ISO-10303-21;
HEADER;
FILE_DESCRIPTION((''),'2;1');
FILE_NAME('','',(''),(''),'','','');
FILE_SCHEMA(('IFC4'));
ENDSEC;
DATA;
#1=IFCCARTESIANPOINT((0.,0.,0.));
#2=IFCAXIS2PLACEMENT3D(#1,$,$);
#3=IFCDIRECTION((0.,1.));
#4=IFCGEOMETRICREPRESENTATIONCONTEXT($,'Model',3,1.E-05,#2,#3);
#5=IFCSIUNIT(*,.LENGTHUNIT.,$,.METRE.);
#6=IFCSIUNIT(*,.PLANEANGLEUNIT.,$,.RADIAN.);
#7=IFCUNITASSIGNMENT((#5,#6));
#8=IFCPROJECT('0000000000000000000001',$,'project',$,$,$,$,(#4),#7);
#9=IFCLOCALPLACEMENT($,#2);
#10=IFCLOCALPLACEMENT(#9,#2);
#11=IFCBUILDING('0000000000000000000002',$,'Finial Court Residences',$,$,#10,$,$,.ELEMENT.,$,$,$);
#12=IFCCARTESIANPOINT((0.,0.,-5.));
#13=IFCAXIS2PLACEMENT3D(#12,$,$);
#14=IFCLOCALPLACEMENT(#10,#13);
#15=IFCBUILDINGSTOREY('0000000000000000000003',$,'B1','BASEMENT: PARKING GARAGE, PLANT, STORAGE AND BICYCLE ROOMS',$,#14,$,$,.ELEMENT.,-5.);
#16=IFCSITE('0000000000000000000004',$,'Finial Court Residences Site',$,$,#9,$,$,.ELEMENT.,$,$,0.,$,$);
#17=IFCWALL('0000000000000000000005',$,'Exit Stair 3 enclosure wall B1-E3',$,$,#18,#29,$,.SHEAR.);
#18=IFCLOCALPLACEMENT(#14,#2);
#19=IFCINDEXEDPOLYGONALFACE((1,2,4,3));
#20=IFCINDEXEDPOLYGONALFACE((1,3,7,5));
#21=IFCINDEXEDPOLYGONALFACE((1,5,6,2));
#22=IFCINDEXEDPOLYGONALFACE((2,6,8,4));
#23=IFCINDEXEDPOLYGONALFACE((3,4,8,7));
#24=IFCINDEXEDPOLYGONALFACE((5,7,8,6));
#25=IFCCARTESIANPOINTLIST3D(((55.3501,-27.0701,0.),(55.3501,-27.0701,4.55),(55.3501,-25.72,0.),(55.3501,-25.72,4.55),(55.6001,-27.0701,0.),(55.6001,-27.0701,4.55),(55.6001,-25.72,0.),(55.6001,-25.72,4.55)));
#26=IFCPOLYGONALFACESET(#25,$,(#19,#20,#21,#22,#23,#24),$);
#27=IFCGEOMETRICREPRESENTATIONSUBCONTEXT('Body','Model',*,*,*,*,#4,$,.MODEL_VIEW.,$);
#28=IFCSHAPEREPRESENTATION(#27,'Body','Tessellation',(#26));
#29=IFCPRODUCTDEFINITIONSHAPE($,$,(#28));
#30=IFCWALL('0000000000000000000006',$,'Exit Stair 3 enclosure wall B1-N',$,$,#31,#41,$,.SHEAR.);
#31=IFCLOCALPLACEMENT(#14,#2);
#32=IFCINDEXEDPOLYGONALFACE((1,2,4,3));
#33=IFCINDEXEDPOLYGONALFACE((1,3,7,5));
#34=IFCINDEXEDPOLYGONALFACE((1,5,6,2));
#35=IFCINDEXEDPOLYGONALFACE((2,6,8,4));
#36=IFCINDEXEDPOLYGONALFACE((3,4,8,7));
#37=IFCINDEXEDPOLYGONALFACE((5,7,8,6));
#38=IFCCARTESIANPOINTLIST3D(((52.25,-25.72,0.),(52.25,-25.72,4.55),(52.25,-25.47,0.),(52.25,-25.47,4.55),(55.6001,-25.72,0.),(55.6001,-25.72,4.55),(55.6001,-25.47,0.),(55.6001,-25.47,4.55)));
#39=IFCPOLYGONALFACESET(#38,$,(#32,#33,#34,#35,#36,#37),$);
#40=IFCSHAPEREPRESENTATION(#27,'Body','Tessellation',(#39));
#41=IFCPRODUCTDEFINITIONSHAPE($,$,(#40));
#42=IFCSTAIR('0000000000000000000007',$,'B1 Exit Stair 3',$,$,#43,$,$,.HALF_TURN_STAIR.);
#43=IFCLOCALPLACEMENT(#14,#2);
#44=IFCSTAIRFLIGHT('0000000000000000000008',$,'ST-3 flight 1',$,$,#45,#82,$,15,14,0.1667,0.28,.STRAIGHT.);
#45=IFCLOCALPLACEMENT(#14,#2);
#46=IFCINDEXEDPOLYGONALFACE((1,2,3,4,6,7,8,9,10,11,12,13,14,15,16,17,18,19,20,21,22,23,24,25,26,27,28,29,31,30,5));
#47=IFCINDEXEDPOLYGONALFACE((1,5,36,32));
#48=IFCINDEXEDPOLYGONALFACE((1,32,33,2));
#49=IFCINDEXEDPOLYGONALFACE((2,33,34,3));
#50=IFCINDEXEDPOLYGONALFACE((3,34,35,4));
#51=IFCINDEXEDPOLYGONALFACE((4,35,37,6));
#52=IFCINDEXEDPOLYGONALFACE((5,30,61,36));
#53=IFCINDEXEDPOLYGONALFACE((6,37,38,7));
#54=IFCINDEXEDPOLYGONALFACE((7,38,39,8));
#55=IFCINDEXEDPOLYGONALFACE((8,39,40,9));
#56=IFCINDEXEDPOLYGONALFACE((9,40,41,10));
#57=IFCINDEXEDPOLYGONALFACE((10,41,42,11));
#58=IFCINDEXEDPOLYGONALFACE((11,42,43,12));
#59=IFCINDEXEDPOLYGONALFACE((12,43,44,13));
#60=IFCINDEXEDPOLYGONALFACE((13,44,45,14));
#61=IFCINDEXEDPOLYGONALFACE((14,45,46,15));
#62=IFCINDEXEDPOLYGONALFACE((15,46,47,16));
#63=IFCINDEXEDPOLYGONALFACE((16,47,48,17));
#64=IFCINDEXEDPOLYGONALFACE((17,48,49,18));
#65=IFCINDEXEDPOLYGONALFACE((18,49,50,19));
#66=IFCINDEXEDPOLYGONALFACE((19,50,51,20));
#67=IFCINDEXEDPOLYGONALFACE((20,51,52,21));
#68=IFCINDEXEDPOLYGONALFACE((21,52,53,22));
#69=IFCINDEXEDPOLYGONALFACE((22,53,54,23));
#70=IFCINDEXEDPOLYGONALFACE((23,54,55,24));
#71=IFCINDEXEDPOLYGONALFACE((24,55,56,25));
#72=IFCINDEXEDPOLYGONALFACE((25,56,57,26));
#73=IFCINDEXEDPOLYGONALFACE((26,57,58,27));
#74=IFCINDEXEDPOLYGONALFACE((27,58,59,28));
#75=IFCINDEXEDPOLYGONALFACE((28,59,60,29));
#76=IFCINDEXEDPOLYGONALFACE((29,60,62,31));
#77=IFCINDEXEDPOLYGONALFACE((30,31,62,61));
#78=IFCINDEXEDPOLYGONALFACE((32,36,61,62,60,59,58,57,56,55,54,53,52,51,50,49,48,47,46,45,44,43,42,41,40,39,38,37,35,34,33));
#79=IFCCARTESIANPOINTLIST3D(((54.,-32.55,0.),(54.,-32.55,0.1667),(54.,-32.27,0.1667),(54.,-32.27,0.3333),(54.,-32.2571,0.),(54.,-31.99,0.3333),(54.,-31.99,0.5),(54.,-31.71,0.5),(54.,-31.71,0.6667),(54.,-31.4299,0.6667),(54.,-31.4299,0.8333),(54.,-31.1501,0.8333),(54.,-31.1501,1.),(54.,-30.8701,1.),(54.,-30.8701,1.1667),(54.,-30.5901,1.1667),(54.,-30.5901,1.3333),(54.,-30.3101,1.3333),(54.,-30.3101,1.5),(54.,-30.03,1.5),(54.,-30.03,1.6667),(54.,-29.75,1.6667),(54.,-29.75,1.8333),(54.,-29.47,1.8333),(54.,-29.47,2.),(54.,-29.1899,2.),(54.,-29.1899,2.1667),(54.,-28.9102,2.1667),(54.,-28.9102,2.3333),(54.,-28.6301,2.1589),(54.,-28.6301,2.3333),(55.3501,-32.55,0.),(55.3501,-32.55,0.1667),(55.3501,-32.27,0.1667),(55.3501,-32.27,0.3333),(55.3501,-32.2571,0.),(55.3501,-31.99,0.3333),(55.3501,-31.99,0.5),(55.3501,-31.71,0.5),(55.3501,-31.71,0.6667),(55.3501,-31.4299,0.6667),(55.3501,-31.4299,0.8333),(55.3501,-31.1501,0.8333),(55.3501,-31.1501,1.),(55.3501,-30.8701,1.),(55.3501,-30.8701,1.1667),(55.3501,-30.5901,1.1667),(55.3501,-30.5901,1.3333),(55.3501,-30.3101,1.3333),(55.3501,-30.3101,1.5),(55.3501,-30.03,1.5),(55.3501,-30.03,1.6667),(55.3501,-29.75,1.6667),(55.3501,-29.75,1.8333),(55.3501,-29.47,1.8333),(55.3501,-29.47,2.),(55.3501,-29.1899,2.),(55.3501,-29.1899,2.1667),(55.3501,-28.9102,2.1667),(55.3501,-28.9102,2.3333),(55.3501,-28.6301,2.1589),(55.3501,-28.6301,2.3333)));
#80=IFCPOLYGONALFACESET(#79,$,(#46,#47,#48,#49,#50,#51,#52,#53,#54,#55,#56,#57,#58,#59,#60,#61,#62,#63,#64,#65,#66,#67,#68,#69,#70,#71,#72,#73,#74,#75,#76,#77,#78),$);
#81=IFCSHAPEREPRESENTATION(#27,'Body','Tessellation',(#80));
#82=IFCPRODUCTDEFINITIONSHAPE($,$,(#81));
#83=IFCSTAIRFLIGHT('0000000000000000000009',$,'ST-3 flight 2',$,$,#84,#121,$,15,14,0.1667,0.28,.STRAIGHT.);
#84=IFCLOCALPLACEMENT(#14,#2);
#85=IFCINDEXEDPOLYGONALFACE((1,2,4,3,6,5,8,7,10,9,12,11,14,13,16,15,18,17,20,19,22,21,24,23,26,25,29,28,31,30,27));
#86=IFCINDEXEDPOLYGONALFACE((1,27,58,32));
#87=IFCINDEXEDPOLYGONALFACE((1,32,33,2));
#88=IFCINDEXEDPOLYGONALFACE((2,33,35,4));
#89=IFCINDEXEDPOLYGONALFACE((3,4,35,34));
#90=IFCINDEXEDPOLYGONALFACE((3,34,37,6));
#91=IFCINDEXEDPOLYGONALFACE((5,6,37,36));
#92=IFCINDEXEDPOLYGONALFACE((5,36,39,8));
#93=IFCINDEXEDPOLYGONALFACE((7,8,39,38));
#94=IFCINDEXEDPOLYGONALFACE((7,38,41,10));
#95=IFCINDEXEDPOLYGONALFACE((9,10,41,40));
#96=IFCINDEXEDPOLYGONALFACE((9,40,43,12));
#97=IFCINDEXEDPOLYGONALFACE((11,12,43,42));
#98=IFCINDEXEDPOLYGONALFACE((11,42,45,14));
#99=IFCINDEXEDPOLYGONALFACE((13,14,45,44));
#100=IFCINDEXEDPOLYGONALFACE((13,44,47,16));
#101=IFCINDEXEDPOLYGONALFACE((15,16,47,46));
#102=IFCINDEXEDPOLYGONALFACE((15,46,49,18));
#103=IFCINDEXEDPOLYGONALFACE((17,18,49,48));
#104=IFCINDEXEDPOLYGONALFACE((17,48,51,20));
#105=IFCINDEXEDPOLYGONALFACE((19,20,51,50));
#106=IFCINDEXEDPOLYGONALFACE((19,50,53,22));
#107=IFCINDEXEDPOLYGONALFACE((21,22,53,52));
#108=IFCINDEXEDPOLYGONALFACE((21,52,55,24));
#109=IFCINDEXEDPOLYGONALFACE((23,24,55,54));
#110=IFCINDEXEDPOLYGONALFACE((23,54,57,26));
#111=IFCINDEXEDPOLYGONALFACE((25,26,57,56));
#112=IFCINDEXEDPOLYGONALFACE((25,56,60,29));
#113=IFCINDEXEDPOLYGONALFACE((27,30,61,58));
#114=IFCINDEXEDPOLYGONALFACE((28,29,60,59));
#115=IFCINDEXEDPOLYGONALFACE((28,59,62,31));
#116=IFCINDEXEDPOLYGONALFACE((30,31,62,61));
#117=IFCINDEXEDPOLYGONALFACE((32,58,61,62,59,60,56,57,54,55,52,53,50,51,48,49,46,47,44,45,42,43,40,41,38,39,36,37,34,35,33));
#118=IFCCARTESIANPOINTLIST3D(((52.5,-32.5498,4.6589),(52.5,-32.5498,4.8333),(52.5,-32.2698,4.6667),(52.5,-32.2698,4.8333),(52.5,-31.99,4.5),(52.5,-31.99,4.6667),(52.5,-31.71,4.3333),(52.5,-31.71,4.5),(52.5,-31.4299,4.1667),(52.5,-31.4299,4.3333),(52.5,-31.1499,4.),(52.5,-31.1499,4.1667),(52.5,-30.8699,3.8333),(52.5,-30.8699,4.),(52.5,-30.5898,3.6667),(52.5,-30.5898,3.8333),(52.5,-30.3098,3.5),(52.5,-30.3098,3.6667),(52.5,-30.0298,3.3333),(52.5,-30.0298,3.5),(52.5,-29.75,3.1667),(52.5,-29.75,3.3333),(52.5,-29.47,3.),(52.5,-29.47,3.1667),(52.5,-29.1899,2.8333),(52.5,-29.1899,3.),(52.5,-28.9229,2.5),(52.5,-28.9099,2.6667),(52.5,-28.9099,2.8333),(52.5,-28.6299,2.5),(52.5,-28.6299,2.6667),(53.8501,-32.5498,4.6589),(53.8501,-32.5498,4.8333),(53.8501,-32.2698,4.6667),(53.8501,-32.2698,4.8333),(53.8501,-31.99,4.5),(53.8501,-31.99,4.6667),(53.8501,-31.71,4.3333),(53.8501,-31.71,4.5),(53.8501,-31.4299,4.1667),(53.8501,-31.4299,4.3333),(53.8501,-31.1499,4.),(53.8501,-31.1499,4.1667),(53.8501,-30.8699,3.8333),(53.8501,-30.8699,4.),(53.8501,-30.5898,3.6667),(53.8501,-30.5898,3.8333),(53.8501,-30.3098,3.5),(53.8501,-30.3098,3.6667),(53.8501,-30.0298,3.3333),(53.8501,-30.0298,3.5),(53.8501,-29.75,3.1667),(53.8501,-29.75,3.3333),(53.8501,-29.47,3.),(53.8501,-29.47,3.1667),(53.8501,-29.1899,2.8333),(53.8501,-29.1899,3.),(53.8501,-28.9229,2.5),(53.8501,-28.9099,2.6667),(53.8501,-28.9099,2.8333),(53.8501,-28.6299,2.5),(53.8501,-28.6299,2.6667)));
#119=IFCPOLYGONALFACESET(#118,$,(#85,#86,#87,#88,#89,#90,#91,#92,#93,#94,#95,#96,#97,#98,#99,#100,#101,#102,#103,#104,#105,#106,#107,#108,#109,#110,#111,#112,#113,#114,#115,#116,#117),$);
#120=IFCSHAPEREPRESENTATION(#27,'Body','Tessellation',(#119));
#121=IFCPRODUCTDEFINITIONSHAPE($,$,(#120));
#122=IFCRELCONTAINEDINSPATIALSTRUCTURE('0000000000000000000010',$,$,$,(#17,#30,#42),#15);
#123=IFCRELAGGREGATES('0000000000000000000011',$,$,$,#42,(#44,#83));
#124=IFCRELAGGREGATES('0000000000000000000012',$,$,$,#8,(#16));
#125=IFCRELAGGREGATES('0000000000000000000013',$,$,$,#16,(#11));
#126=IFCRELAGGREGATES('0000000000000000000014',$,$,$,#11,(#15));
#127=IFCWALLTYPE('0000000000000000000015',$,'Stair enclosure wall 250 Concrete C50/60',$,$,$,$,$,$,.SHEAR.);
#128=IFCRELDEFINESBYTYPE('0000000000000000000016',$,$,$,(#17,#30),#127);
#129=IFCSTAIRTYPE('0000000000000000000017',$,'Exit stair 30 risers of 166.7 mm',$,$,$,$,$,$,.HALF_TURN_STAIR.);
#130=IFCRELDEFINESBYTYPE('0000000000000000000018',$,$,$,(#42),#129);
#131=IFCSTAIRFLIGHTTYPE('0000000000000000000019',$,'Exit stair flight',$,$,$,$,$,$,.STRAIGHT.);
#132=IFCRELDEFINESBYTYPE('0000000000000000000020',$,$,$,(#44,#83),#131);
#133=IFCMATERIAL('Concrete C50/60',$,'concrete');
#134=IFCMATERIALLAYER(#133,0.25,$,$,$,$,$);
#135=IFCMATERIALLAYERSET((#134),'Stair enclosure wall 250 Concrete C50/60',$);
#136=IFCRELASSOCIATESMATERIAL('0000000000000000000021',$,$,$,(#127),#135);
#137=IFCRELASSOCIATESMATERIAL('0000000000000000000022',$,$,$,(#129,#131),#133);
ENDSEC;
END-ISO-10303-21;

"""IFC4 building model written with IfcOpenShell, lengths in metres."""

from ifc_helpers import new_model, si_unit, direction, frame, frame_2d, origin, place, context, subcontext, project, spatial, polyline, rectangle, outline, extrude, material, layer, layer_set, type_object, element, aggregate, save


model = new_model("IFC4")

# Units and contexts
model_context = context("Model", 3, precision=1e-05, world=origin(), true_north=direction((0.0, 1.0)))
body_context = subcontext(model_context, "Body", "Model", "MODEL_VIEW")
ifc_project = project(units=[si_unit("LENGTHUNIT", "METRE"), si_unit("PLANEANGLEUNIT", "RADIAN")], contexts=[model_context])

# Site, building, storey
site_placement = place(None, origin())
site = spatial("IfcSite", under=ifc_project, at=site_placement, Name="Finial Court Residences Site", CompositionType="ELEMENT", RefElevation=0.0)
building_placement = place(site_placement, origin())
building = spatial("IfcBuilding", under=site, at=building_placement, Name="Finial Court Residences", CompositionType="ELEMENT")
storey_placement = place(building_placement, frame((0.0, 0.0, -5.0)))
storey = spatial("IfcBuildingStorey", under=building, at=storey_placement, Name="B1", Description="BASEMENT: PARKING GARAGE, PLANT, STORAGE AND BICYCLE ROOMS", CompositionType="ELEMENT", Elevation=-5.0)

# Shared definitions
ifc_material_1 = material(Name="Concrete C50/60", Category="concrete")

# Shared definitions
ifc_layer_1 = layer(ifc_material_1, 0.25)
ifc_layer_set_1 = layer_set([ifc_layer_1], Name="Stair enclosure wall 250 Concrete C50/60")
wall_type_1 = type_object("IfcWallType", Name="Stair enclosure wall 250 Concrete C50/60", PredefinedType="SHEAR", material=ifc_layer_set_1)

# Walls
wall_1_placement = place(storey_placement, frame((55.4751, -27.0701, 0.0), z_axis=(0.0, 0.0, 1.0), x_axis=(0.0, 1.0, 0.0)))
element("IfcWall", 1, at=wall_1_placement, inside=storey, type_object=wall_type_1, Name="Exit Stair 3 enclosure wall B1-E3", PredefinedType="SHEAR", context=body_context, shape_type="SweptSolid", body=[
    extrude(rectangle(XDim=1.3501, YDim=0.25, at=frame_2d((0.675, 0.0))), origin(), (0.0, 0.0, 1.0), 4.55),
])
wall_2_placement = place(storey_placement, frame((52.25, -25.595, 0.0), z_axis=(0.0, 0.0, 1.0), x_axis=(1.0, 0.0, 0.0)))
element("IfcWall", 2, at=wall_2_placement, inside=storey, type_object=wall_type_1, Name="Exit Stair 3 enclosure wall B1-N", PredefinedType="SHEAR", context=body_context, shape_type="SweptSolid", body=[
    extrude(rectangle(XDim=3.3501, YDim=0.25, at=frame_2d((1.675, 0.0))), origin(), (0.0, 0.0, 1.0), 4.55),
])

# Stair, stair flights
stair_type = type_object("IfcStairType", Name="Exit stair 30 risers of 166.7 mm", PredefinedType="HALF_TURN_STAIR", material=ifc_material_1)
stair_placement = place(storey_placement, origin())
stair = element("IfcStair", 3, at=stair_placement, inside=storey, type_object=stair_type, Name="B1 Exit Stair 3", PredefinedType="HALF_TURN_STAIR")
stair_flight_type = type_object("IfcStairFlightType", Name="Exit stair flight", PredefinedType="STRAIGHT", material=ifc_material_1)
stair_flight_1_placement = place(storey_placement, frame((54.675, -32.55, 0.0), z_axis=(0.0, 0.0, 1.0), x_axis=(0.0, 1.0, 0.0)))
stair_flight_1 = element("IfcStairFlight", 4, at=stair_flight_1_placement, type_object=stair_flight_type, Name="ST-3 flight 1", NumberOfRisers=15, NumberOfTreads=14, PredefinedType="STRAIGHT", RiserHeight=0.1667, TreadLength=0.28, context=body_context, shape_type="SweptSolid", body=[
    extrude(outline(polyline([(0.0, 0.0), (0.0, 0.1667), (0.28, 0.1667), (0.28, 0.3333), (0.5601, 0.3333), (0.5601, 0.5), (0.8401, 0.5), (0.8401, 0.6667), (1.1201, 0.6667), (1.1201, 0.8333), (1.3999, 0.8333), (1.3999, 1.0), (1.6799, 1.0), (1.6799, 1.1667), (1.96, 1.1667), (1.96, 1.3333), (2.24, 1.3333), (2.24, 1.5), (2.52, 1.5), (2.52, 1.6667), (2.8, 1.6667), (2.8, 1.8333), (3.0801, 1.8333), (3.0801, 2.0), (3.3601, 2.0), (3.3601, 2.1667), (3.6399, 2.1667), (3.6399, 2.3333), (3.9199, 2.3333), (3.9199, 2.5), (3.9199, 2.1589), (0.293, 0.0), (0.0, 0.0)])), frame((0.0, 0.675, 0.0), z_axis=(0.0, -1.0, 0.0), x_axis=(1.0, 0.0, 0.0)), (0.0, 0.0, 1.0), 1.3501),
])
stair_flight_2_placement = place(storey_placement, frame((53.175, -28.6299, 2.5), z_axis=(0.0, 0.0, 1.0), x_axis=(0.0, -1.0, 0.0)))
stair_flight_2 = element("IfcStairFlight", 5, at=stair_flight_2_placement, type_object=stair_flight_type, Name="ST-3 flight 2", NumberOfRisers=15, NumberOfTreads=14, PredefinedType="STRAIGHT", RiserHeight=0.1667, TreadLength=0.28, context=body_context, shape_type="SweptSolid", body=[
    extrude(outline(polyline([(0.0, 0.0), (0.0, 0.1667), (0.28, 0.1667), (0.28, 0.3333), (0.5601, 0.3333), (0.5601, 0.5), (0.8401, 0.5), (0.8401, 0.6667), (1.1201, 0.6667), (1.1201, 0.8333), (1.3999, 0.8333), (1.3999, 1.0), (1.6799, 1.0), (1.6799, 1.1667), (1.96, 1.1667), (1.96, 1.3333), (2.24, 1.3333), (2.24, 1.5), (2.52, 1.5), (2.52, 1.6667), (2.8, 1.6667), (2.8, 1.8333), (3.0801, 1.8333), (3.0801, 2.0), (3.3601, 2.0), (3.3601, 2.1667), (3.6399, 2.1667), (3.6399, 2.3333), (3.9199, 2.3333), (3.9199, 2.5), (3.9199, 2.1589), (0.293, 0.0), (0.0, 0.0)])), frame((0.0, 0.675, 0.0), z_axis=(0.0, -1.0, 0.0), x_axis=(1.0, 0.0, 0.0)), (0.0, 0.0, 1.0), 1.3501),
])
aggregate(stair, [stair_flight_1, stair_flight_2])

save(model, "model.ifc")
